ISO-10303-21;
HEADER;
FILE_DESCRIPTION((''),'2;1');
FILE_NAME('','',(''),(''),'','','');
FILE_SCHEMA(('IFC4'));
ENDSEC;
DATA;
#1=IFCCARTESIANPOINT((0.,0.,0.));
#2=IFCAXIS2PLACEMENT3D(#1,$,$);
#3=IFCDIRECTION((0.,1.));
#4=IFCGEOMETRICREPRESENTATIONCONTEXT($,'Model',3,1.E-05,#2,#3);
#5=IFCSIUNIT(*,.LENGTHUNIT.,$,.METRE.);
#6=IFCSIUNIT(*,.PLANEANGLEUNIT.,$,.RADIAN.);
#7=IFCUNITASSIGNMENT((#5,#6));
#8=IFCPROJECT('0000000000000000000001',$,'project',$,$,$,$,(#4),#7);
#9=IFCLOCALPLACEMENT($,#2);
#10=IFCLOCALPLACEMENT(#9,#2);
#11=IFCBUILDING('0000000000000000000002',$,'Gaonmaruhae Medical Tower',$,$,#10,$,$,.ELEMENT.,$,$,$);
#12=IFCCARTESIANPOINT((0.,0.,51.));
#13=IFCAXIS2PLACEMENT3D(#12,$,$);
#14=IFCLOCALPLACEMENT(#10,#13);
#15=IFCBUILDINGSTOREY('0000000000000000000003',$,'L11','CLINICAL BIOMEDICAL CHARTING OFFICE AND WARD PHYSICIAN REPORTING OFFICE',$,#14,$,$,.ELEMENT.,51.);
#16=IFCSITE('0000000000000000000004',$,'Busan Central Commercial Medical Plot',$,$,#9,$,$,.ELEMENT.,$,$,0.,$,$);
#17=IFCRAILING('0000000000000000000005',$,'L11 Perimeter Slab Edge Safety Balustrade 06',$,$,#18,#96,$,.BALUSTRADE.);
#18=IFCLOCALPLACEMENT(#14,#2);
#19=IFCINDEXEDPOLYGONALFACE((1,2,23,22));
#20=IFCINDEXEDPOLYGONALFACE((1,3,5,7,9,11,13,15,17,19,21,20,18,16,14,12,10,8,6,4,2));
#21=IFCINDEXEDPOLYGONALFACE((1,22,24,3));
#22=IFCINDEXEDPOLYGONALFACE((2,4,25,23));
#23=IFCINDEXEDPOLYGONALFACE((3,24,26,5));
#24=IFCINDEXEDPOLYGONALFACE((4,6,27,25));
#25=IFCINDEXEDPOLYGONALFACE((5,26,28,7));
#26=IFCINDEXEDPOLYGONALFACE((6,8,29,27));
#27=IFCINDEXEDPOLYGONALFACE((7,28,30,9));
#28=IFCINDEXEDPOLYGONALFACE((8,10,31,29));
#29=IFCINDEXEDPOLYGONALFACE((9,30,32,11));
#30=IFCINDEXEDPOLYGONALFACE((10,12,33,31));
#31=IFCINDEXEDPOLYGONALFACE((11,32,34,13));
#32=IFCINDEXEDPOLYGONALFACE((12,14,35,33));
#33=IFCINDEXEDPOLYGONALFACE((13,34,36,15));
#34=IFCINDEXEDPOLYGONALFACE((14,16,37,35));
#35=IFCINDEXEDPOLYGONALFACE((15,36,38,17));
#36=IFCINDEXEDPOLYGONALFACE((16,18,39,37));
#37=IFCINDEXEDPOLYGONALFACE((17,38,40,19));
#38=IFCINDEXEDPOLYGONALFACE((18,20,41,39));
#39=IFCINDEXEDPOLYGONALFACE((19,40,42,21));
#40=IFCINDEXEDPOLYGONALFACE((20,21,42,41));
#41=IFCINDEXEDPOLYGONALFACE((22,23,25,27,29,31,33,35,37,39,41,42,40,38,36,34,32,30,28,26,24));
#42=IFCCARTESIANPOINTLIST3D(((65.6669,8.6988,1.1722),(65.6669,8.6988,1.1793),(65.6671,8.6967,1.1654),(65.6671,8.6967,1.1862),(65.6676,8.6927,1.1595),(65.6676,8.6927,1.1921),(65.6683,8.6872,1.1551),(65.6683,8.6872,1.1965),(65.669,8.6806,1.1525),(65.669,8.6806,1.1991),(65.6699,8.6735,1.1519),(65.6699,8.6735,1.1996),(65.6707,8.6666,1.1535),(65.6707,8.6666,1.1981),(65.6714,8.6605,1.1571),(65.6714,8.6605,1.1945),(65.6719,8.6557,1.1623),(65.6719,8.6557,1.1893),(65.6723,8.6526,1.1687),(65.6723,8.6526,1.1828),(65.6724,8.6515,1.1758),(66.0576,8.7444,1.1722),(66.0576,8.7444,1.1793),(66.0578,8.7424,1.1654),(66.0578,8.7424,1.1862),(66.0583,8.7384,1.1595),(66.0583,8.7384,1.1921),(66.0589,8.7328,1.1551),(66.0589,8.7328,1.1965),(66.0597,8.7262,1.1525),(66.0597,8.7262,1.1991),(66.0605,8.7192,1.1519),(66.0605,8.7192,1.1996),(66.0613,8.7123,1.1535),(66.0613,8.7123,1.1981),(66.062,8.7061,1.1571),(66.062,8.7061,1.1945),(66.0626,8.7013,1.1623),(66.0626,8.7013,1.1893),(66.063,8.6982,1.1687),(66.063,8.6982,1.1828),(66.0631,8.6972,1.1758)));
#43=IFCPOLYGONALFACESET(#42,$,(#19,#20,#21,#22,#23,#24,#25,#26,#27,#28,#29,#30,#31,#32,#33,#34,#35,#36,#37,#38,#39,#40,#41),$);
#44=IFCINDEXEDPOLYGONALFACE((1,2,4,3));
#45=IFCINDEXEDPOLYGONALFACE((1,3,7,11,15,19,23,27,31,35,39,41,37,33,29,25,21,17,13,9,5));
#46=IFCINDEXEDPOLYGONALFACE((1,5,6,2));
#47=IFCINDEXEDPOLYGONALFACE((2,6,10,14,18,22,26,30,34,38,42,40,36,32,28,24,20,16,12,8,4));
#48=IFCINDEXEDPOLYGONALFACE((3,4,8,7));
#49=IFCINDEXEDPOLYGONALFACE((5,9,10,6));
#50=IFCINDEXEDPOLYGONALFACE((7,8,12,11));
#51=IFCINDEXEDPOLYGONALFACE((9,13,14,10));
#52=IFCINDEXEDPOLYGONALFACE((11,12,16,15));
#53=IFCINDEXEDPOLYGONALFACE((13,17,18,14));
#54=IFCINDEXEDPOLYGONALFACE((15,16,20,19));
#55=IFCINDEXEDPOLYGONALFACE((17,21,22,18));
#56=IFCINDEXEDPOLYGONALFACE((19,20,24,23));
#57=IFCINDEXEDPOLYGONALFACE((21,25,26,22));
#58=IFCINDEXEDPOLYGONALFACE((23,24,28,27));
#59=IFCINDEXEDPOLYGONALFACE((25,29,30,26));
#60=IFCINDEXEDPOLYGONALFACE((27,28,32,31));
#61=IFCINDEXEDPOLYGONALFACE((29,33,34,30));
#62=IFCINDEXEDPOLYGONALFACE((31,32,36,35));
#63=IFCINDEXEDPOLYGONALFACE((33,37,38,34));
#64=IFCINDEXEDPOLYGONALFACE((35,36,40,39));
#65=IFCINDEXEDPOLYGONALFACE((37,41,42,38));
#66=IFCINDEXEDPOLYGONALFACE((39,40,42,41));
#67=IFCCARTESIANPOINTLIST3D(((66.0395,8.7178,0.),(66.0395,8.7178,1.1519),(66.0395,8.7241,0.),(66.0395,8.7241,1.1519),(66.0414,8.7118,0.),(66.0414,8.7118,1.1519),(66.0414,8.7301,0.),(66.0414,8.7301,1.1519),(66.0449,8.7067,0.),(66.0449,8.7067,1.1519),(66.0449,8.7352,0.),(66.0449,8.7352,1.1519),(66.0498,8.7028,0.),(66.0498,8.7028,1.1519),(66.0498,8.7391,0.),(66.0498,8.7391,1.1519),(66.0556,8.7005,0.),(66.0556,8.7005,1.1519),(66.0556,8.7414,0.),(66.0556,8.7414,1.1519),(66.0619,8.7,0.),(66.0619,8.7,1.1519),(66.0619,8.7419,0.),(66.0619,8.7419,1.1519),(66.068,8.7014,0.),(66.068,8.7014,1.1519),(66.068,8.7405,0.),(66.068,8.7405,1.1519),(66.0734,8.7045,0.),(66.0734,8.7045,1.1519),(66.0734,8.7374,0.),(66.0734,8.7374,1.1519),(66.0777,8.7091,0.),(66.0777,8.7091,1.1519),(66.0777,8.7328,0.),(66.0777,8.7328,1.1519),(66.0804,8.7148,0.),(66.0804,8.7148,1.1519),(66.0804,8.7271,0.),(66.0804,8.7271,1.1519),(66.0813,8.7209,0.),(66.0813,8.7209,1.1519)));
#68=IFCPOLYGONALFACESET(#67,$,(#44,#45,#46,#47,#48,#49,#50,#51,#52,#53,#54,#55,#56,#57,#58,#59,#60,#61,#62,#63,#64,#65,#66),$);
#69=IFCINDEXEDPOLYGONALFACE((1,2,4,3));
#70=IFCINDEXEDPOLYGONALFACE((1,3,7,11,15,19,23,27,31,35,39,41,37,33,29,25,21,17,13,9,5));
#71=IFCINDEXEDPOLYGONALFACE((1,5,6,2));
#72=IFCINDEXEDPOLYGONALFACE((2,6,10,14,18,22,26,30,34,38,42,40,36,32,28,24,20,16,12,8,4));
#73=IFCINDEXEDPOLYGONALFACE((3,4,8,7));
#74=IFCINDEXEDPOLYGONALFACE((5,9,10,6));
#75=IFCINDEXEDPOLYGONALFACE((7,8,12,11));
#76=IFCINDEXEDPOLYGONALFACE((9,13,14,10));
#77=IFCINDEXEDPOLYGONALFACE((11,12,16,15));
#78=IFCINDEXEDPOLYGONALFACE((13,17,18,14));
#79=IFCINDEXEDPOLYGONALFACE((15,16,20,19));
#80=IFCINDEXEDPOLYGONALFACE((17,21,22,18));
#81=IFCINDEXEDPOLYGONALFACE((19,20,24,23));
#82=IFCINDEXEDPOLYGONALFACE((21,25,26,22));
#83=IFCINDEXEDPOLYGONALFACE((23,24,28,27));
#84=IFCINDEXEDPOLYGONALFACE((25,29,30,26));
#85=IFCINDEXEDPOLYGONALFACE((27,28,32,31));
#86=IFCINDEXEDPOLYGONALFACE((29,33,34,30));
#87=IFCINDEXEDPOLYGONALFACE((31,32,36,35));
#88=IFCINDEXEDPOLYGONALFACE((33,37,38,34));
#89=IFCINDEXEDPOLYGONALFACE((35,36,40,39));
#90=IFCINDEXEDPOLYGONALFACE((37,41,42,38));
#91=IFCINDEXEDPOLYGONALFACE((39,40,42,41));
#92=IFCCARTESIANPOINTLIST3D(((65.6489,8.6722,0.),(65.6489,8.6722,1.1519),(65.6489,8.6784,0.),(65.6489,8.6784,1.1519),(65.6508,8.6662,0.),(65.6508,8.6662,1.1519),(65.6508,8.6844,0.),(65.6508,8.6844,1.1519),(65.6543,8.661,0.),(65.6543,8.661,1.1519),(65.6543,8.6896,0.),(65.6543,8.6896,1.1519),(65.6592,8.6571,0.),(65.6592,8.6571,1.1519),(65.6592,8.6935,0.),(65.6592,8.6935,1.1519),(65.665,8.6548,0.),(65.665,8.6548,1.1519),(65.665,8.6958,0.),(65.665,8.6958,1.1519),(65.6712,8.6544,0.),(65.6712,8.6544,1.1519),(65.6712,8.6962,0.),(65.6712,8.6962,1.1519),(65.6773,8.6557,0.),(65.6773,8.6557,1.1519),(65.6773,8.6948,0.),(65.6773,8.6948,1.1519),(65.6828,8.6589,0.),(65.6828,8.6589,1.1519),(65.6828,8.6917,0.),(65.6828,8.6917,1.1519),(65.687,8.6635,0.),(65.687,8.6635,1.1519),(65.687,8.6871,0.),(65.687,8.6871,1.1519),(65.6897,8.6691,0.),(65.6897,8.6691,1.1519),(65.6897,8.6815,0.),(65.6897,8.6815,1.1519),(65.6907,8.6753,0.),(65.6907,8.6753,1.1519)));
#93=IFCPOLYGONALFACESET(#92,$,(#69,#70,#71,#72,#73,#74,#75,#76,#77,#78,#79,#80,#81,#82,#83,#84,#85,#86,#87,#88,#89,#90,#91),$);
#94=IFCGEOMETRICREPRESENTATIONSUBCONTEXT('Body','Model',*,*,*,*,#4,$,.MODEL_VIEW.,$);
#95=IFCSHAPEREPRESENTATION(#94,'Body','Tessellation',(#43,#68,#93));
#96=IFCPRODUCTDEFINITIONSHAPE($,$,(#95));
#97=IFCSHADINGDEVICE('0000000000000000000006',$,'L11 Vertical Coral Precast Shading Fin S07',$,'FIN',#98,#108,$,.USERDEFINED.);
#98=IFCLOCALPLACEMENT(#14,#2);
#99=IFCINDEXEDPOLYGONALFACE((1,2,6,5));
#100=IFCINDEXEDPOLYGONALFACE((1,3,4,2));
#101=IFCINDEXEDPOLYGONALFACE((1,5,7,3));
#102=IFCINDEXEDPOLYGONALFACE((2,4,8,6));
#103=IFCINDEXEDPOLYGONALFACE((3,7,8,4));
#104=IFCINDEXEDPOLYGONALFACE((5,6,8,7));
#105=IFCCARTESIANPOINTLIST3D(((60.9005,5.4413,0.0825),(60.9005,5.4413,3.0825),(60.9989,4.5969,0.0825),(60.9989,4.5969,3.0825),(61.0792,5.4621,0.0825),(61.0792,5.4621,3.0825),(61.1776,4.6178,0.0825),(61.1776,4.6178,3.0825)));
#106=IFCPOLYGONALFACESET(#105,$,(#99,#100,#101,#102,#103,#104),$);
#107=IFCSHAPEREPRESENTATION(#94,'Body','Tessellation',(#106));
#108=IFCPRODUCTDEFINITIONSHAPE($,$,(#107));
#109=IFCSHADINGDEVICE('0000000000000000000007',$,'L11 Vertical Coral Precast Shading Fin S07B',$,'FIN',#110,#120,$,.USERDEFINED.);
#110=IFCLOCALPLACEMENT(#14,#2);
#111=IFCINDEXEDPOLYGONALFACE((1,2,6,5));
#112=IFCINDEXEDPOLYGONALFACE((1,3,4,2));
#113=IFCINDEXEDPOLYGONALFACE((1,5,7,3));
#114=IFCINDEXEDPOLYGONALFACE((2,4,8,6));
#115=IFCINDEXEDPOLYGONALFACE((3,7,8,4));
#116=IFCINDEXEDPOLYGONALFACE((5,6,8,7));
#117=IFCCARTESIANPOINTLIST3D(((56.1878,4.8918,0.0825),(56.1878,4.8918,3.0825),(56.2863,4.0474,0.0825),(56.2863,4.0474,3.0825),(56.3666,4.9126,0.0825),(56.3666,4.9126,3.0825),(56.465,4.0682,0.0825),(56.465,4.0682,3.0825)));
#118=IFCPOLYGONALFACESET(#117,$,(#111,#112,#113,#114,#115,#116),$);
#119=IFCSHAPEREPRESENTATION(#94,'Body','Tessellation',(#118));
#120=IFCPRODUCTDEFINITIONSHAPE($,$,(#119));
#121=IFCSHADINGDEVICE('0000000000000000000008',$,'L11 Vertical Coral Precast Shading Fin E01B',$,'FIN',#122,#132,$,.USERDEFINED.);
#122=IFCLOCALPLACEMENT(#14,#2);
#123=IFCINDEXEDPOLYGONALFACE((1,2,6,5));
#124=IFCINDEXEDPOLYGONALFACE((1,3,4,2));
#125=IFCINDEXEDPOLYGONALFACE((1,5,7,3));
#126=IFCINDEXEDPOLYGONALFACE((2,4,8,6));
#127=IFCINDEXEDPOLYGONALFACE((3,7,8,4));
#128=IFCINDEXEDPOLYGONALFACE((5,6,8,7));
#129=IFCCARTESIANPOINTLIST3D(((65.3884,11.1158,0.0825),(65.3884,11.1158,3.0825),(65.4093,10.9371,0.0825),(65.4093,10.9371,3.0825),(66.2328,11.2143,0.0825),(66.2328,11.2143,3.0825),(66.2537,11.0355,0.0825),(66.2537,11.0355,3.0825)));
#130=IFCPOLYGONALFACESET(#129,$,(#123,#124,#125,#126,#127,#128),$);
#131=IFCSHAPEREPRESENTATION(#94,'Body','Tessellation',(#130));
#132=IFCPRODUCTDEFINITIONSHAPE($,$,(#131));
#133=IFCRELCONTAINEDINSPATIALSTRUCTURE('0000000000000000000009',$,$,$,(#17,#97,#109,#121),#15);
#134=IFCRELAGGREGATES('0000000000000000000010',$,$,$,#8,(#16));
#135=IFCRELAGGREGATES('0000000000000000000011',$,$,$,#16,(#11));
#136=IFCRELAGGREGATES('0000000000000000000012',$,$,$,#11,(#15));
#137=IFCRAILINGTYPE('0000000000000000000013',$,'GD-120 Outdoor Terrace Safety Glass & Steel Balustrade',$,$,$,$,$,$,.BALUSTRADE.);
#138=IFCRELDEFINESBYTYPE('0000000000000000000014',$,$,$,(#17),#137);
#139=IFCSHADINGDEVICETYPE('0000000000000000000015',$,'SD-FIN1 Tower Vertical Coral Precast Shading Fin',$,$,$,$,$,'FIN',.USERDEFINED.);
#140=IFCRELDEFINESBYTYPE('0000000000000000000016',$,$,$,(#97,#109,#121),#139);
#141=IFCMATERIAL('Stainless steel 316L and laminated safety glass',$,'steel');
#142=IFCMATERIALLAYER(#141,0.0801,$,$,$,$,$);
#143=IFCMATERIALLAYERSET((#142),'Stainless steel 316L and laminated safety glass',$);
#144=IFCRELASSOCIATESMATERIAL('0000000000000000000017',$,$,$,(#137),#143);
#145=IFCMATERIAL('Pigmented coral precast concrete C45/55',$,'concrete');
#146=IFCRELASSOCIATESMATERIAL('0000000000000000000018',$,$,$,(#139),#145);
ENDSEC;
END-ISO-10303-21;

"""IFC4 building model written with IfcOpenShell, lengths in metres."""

from ifc_helpers import new_model, si_unit, direction, frame, origin, origin_2d, place, context, subcontext, project, spatial, rectangle, circle, extrude, material, layer, layer_set, type_object, element, save


model = new_model("IFC4")

# Units and contexts
model_context = context("Model", 3, precision=1e-05, world=origin(), true_north=direction((0.0, 1.0)))
body_context = subcontext(model_context, "Body", "Model", "MODEL_VIEW")
ifc_project = project(units=[si_unit("LENGTHUNIT", "METRE"), si_unit("PLANEANGLEUNIT", "RADIAN")], contexts=[model_context])

# Site, building, storey
site_placement = place(None, origin())
site = spatial("IfcSite", under=ifc_project, at=site_placement, Name="Busan Central Commercial Medical Plot", CompositionType="ELEMENT", RefElevation=0.0)
building_placement = place(site_placement, origin())
building = spatial("IfcBuilding", under=site, at=building_placement, Name="Gaonmaruhae Medical Tower", CompositionType="ELEMENT")
storey_placement = place(building_placement, frame((0.0, 0.0, 51.0)))
storey = spatial("IfcBuildingStorey", under=building, at=storey_placement, Name="L11", Description="CLINICAL BIOMEDICAL CHARTING OFFICE AND WARD PHYSICIAN REPORTING OFFICE", CompositionType="ELEMENT", Elevation=51.0)

# Railing
ifc_material_1 = material(Name="Stainless steel 316L and laminated safety glass", Category="steel")
ifc_layer_1 = layer(ifc_material_1, 0.0801)
ifc_layer_set_1 = layer_set([ifc_layer_1], Name="Stainless steel 316L and laminated safety glass")
railing_type = type_object("IfcRailingType", Name="GD-120 Outdoor Terrace Safety Glass & Steel Balustrade", PredefinedType="BALUSTRADE", material=ifc_layer_set_1)
railing_placement = place(storey_placement, frame((66.0603, 8.7209, 0.0)))
element("IfcRailing", 1, at=railing_placement, inside=storey, type_object=railing_type, Name="L11 Perimeter Slab Edge Safety Balustrade 06", PredefinedType="BALUSTRADE", context=body_context, shape_type="SweptSolid", body=[
    extrude(circle(Radius=0.0239, at=origin_2d()), frame((0.0, 0.0, 1.1758), z_axis=(-0.993239, -0.116085, 0.0), x_axis=(0.116085, -0.993239, 0.0)), (0.0, 0.0, 1.0), 0.3933),
    extrude(circle(Radius=0.021, at=origin_2d()), origin(), (0.0, 0.0, 1.0), 1.1519),
    extrude(circle(Radius=0.021, at=origin_2d()), frame((-0.3906, -0.0457, 0.0)), (0.0, 0.0, 1.0), 1.1519),
])

# Shading devices
ifc_material_2 = material(Name="Pigmented coral precast concrete C45/55", Category="concrete")
shading_device_type = type_object("IfcShadingDeviceType", Name="SD-FIN1 Tower Vertical Coral Precast Shading Fin", ElementType="FIN", PredefinedType="USERDEFINED", material=ifc_material_2)
for number, where, z_axis, x_axis, name in (
    (2, (61.0391, 5.0295, 0.0825), (0.0, 0.0, 1.0), (-0.993272, -0.115804, 0.0), "L11 Vertical Coral Precast Shading Fin S07"),
    (3, (56.3264, 4.48, 0.0825), (0.0, 0.0, 1.0), (-0.993272, -0.115804, 0.0), "L11 Vertical Coral Precast Shading Fin S07B"),
    (4, (65.821, 11.0757, 0.0825), (0.0, 0.0, 1.0), (0.115804, -0.993272, 0.0), "L11 Vertical Coral Precast Shading Fin E01B"),
):
    element("IfcShadingDevice", number, at=place(storey_placement, frame(where, z_axis=z_axis, x_axis=x_axis)), inside=storey, type_object=shading_device_type, Name=name, ObjectType="FIN", PredefinedType="USERDEFINED", context=body_context, shape_type="SweptSolid", body=[
        extrude(rectangle(XDim=0.1799, YDim=0.8501, at=origin_2d()), origin(), (0.0, 0.0, 1.0), 3.0),
    ])

save(model, "model.ifc")
